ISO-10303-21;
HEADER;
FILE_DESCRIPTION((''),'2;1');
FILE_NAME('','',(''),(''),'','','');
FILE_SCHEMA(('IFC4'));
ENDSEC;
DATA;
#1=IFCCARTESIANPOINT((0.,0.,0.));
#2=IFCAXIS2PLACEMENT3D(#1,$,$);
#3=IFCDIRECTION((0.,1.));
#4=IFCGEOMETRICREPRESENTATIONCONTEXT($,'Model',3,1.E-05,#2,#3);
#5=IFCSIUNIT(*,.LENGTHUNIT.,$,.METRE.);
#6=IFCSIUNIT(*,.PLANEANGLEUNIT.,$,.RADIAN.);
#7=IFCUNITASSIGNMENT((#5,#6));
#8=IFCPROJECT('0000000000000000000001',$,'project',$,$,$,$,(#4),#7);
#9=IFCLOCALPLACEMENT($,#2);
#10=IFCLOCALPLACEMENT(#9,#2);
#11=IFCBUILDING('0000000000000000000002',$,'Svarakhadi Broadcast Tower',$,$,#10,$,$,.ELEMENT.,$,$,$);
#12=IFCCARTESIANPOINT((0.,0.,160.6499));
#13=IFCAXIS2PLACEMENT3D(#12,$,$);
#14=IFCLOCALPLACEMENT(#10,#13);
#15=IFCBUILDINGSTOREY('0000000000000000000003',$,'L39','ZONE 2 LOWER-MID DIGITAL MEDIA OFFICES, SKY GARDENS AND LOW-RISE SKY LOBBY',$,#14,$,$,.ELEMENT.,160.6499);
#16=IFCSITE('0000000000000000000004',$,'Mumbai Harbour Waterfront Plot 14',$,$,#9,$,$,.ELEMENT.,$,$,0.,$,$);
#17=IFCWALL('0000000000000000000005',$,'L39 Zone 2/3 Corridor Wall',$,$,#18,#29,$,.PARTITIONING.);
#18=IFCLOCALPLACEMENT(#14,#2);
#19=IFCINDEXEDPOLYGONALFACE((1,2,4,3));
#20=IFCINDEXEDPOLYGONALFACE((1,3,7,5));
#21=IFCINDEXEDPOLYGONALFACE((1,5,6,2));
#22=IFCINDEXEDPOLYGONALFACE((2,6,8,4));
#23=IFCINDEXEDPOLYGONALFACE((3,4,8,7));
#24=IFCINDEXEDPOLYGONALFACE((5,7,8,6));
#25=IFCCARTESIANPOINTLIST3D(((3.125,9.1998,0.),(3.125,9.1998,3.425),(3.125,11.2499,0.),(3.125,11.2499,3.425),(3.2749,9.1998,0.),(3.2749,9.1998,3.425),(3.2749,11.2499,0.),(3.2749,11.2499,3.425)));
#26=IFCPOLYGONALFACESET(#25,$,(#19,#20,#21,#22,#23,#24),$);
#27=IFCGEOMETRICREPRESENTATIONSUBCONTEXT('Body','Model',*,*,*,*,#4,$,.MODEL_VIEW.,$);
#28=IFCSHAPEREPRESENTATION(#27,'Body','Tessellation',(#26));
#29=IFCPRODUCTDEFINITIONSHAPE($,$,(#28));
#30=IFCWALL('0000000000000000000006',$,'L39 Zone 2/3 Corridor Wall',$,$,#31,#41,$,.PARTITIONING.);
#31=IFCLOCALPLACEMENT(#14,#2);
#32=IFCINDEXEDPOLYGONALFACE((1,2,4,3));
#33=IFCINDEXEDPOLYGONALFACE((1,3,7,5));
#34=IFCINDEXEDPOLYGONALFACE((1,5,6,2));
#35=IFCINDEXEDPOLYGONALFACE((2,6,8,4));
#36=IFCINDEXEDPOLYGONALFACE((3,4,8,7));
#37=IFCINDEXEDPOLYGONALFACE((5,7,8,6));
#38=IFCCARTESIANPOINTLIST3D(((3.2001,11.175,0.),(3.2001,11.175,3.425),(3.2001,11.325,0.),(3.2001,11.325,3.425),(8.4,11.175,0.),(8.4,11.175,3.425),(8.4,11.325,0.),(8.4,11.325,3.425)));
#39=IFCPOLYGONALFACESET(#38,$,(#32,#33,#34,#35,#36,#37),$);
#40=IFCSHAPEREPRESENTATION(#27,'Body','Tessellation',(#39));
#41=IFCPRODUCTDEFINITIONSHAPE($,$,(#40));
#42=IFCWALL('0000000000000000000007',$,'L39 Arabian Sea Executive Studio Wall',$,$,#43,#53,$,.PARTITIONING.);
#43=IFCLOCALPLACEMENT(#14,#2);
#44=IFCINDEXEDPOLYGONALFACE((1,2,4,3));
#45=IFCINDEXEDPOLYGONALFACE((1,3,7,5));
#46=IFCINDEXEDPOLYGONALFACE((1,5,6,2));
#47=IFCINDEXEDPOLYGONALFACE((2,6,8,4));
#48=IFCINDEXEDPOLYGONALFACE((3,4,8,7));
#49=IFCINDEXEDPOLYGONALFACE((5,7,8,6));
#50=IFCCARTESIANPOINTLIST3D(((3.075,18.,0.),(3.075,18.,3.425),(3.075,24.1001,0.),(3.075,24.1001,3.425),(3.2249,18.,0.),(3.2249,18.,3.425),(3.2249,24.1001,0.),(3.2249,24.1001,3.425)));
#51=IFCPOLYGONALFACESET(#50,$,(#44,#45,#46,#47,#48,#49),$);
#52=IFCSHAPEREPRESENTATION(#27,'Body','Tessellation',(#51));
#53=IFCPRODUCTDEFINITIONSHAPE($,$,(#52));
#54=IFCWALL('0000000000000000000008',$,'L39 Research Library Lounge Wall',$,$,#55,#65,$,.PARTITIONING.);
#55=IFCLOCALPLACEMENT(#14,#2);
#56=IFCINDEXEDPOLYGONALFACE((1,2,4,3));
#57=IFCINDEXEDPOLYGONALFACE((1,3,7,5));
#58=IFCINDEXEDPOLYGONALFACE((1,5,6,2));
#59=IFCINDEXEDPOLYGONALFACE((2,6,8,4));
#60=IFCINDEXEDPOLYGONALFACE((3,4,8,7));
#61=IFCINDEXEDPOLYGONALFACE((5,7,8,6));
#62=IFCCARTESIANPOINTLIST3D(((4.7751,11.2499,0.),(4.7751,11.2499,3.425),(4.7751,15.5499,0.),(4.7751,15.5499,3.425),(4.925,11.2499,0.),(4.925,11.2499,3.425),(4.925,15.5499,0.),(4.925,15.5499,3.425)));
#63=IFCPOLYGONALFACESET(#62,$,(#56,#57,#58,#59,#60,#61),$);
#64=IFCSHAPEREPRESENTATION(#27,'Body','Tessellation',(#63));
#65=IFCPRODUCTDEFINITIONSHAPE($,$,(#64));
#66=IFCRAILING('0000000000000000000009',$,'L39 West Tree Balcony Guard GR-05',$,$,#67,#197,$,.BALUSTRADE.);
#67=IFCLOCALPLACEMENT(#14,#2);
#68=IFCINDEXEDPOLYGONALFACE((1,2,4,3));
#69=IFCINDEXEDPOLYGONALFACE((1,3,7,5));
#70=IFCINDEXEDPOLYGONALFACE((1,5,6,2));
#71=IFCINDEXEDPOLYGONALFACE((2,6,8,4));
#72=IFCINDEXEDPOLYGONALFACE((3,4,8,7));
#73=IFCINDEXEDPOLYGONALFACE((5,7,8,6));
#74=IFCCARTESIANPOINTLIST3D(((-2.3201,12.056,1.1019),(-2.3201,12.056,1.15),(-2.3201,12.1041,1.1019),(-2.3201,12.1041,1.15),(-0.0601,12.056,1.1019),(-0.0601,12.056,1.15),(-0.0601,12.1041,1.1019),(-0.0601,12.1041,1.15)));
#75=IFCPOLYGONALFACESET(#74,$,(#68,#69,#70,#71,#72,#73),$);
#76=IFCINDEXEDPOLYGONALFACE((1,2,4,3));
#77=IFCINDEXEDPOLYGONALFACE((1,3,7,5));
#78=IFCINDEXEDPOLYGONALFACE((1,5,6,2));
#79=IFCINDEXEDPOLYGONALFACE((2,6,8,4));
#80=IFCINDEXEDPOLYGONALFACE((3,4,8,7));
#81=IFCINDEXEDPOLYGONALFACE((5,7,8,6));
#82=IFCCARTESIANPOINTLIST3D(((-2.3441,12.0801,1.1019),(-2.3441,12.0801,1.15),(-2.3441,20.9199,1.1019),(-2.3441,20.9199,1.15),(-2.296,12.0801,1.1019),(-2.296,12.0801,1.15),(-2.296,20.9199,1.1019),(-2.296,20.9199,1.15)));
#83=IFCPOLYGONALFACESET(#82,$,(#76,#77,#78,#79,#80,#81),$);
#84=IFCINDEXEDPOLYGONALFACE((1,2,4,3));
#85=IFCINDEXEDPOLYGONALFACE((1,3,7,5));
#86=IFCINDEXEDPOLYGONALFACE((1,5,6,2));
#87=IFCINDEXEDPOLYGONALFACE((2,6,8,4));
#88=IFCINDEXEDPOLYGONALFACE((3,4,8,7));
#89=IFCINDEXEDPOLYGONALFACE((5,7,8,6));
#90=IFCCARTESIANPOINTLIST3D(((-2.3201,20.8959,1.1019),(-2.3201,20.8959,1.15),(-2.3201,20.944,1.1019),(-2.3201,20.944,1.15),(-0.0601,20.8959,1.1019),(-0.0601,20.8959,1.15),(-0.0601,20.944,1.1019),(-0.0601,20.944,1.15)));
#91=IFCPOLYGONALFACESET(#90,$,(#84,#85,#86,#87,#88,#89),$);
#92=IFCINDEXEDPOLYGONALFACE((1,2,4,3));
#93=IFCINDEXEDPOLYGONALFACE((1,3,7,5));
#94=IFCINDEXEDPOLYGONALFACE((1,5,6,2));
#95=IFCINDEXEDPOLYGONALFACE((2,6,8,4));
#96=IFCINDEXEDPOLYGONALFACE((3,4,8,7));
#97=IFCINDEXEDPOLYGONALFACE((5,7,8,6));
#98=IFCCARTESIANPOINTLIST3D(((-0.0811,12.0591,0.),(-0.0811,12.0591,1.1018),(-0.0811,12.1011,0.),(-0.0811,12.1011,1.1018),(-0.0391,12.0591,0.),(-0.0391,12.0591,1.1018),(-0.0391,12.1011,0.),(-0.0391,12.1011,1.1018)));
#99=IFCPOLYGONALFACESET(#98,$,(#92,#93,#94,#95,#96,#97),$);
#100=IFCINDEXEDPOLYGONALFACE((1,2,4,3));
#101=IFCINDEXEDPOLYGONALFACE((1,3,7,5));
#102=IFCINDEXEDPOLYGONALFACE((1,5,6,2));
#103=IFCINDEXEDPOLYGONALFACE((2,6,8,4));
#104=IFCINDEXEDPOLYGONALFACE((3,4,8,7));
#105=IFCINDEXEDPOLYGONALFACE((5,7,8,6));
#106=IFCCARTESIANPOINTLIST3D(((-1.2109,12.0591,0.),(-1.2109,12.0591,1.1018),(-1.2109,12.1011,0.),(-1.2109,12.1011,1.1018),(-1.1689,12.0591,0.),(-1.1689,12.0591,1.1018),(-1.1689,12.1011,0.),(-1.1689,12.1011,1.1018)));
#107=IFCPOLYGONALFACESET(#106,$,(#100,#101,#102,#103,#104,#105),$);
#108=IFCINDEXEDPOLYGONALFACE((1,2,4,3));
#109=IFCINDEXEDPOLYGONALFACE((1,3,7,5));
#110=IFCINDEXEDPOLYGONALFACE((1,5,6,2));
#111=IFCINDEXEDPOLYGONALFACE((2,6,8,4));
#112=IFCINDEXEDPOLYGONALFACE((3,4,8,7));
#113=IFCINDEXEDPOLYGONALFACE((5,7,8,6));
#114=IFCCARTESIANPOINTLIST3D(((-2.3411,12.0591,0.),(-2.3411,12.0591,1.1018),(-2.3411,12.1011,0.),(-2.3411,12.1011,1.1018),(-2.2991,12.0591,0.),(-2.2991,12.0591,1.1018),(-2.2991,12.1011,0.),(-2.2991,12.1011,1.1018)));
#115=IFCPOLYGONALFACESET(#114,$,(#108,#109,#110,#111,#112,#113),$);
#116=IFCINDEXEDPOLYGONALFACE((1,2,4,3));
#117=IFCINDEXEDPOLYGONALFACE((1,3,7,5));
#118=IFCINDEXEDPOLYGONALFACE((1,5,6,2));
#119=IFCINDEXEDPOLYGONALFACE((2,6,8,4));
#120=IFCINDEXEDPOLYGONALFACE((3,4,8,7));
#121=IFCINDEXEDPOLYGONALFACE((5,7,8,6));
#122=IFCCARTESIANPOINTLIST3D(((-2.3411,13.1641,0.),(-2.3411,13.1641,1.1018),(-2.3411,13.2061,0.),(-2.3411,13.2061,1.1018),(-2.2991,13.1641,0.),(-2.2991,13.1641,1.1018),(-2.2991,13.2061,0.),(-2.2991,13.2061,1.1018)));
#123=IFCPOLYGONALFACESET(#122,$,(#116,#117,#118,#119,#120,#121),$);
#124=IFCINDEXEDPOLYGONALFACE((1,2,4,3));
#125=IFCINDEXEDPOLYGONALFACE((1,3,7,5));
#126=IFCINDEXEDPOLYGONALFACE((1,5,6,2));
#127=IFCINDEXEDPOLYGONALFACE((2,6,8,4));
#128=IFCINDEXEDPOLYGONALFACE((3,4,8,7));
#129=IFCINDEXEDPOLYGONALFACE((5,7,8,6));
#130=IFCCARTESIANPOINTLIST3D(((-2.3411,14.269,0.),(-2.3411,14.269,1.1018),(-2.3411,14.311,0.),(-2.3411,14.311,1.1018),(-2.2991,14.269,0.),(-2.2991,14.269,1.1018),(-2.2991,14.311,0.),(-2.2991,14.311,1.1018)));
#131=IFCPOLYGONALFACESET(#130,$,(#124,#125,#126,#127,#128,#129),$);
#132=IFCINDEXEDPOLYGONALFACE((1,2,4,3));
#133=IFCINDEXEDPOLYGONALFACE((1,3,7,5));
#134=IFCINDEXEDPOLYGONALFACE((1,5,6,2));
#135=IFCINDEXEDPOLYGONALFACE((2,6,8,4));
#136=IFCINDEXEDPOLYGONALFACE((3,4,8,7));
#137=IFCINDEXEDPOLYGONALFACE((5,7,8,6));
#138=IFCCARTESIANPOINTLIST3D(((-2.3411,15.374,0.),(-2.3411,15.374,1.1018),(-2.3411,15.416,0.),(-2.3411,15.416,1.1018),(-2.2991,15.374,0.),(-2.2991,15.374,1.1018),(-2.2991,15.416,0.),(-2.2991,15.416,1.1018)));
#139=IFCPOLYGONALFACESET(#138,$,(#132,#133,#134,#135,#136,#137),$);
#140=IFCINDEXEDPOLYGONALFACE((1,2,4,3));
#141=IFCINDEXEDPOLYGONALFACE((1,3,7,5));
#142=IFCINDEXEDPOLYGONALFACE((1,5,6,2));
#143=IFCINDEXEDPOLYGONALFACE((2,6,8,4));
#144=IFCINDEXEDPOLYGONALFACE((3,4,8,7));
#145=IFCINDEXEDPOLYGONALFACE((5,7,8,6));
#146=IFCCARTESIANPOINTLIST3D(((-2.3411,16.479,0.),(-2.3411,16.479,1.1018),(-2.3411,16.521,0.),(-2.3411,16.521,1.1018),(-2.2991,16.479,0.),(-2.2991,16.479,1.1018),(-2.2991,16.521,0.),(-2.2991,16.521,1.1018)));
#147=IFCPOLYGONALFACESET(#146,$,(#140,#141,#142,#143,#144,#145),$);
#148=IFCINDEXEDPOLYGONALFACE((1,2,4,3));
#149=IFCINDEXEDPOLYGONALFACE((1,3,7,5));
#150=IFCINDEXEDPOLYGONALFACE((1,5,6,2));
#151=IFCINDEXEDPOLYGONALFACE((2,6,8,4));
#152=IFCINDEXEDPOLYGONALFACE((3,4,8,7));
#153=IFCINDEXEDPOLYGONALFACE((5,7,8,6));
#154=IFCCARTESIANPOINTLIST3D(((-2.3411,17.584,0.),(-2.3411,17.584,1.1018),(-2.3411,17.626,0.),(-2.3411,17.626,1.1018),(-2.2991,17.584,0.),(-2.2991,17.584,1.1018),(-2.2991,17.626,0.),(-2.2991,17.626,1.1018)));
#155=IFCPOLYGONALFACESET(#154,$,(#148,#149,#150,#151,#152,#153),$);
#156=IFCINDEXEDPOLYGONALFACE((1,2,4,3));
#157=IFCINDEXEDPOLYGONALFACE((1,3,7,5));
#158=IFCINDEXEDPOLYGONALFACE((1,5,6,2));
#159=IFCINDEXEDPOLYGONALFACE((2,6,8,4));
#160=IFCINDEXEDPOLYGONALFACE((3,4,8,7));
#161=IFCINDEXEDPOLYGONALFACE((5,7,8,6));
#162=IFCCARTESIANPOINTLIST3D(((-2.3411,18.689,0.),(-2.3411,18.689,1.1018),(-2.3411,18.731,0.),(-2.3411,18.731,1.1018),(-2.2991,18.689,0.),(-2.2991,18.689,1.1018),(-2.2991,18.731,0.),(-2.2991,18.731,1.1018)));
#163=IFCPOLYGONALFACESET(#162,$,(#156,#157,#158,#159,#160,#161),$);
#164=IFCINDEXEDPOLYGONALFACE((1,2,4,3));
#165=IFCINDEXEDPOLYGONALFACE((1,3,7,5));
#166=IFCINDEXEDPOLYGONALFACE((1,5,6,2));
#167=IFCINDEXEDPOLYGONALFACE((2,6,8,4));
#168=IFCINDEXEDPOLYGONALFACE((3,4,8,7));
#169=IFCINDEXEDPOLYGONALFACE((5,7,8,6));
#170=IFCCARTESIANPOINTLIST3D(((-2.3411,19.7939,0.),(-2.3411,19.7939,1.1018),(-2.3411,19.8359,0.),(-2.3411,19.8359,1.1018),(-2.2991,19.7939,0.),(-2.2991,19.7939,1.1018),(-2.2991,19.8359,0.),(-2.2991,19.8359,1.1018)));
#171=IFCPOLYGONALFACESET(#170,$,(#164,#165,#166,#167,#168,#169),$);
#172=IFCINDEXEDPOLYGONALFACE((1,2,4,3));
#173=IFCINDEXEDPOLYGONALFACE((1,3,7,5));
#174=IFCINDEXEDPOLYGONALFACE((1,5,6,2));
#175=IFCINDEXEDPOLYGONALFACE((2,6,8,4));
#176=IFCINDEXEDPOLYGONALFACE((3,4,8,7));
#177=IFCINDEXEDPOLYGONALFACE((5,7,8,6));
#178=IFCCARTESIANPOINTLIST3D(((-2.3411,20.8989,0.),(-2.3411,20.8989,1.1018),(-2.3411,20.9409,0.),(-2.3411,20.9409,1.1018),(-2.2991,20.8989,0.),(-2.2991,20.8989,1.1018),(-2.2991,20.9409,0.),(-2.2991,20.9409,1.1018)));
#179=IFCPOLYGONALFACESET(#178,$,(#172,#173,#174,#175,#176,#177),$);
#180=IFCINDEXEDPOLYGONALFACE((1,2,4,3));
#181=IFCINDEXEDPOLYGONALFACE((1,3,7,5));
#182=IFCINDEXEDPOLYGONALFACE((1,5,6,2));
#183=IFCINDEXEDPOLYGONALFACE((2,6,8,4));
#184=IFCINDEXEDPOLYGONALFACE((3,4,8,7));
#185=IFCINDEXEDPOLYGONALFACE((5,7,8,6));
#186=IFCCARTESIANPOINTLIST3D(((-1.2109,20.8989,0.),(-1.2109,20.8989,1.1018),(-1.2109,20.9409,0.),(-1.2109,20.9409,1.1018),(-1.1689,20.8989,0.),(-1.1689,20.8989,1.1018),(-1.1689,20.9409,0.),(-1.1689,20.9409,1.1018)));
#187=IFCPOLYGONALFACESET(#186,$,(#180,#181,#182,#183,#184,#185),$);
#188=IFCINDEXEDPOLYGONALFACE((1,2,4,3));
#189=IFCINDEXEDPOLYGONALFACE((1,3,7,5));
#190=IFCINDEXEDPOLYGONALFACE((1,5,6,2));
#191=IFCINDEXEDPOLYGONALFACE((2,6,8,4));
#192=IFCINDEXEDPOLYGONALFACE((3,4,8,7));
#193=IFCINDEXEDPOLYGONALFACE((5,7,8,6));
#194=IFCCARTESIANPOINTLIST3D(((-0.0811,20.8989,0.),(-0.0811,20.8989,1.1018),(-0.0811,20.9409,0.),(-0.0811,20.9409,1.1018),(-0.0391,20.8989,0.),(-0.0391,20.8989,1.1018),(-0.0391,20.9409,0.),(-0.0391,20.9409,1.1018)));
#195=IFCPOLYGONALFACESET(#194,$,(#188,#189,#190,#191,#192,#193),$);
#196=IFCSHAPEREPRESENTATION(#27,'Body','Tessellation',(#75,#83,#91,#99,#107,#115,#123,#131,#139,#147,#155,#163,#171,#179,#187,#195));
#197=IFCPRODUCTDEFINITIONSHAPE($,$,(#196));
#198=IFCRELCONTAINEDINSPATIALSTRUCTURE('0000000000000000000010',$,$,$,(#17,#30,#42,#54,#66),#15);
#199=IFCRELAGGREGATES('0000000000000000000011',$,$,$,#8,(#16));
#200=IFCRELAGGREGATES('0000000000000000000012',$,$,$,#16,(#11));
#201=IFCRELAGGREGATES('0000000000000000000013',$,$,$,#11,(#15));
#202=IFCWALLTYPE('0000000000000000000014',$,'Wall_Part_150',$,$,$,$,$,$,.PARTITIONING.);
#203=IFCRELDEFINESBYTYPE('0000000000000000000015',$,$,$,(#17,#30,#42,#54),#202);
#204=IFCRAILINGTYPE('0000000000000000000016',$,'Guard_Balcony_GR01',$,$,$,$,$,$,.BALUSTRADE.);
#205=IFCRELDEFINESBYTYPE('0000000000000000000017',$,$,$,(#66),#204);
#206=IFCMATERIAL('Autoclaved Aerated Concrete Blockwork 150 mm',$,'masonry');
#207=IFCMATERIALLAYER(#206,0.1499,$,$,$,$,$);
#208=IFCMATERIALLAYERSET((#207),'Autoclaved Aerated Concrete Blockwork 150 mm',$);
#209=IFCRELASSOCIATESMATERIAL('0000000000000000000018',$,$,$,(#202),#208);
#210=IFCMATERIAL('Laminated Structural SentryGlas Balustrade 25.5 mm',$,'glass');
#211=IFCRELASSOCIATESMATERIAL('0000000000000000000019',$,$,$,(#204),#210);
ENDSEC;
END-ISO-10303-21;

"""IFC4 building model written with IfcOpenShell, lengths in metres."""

from ifc_helpers import new_model, si_unit, direction, frame, frame_2d, origin, origin_2d, place, context, subcontext, project, spatial, rectangle, extrude, material, layer, layer_set, type_object, element, save


model = new_model("IFC4")

# Units and contexts
model_context = context("Model", 3, precision=1e-05, world=origin(), true_north=direction((0.0, 1.0)))
body_context = subcontext(model_context, "Body", "Model", "MODEL_VIEW")
ifc_project = project(units=[si_unit("LENGTHUNIT", "METRE"), si_unit("PLANEANGLEUNIT", "RADIAN")], contexts=[model_context])

# Site, building, storey
site_placement = place(None, origin())
site = spatial("IfcSite", under=ifc_project, at=site_placement, Name="Mumbai Harbour Waterfront Plot 14", CompositionType="ELEMENT", RefElevation=0.0)
building_placement = place(site_placement, origin())
building = spatial("IfcBuilding", under=site, at=building_placement, Name="Svarakhadi Broadcast Tower", CompositionType="ELEMENT")
storey_placement = place(building_placement, frame((0.0, 0.0, 160.6499)))
storey = spatial("IfcBuildingStorey", under=building, at=storey_placement, Name="L39", Description="ZONE 2 LOWER-MID DIGITAL MEDIA OFFICES, SKY GARDENS AND LOW-RISE SKY LOBBY", CompositionType="ELEMENT", Elevation=160.6499)

# Walls
ifc_material_1 = material(Name="Autoclaved Aerated Concrete Blockwork 150 mm", Category="masonry")
ifc_layer_1 = layer(ifc_material_1, 0.1499)
ifc_layer_set_1 = layer_set([ifc_layer_1], Name="Autoclaved Aerated Concrete Blockwork 150 mm")
wall_type_1 = type_object("IfcWallType", Name="Wall_Part_150", PredefinedType="PARTITIONING", material=ifc_layer_set_1)
wall_1_placement = place(storey_placement, frame((3.2, 9.2, 0.0), z_axis=(0.0, 0.0, 1.0), x_axis=(0.0, 1.0, 0.0)))
element("IfcWall", 1, at=wall_1_placement, inside=storey, type_object=wall_type_1, Name="L39 Zone 2/3 Corridor Wall", PredefinedType="PARTITIONING", context=body_context, shape_type="SweptSolid", body=[
    extrude(rectangle(XDim=2.05, YDim=0.1499, at=frame_2d((1.0249, 0.0))), origin(), (0.0, 0.0, 1.0), 3.425),
])
wall_2_placement = place(storey_placement, frame((3.2, 11.25, 0.0), z_axis=(0.0, 0.0, 1.0), x_axis=(1.0, 0.0, 0.0)))
element("IfcWall", 2, at=wall_2_placement, inside=storey, type_object=wall_type_1, Name="L39 Zone 2/3 Corridor Wall", PredefinedType="PARTITIONING", context=body_context, shape_type="SweptSolid", body=[
    extrude(rectangle(XDim=5.2, YDim=0.1499, at=frame_2d((2.6001, 0.0))), origin(), (0.0, 0.0, 1.0), 3.425),
])

# Wall
wall_3_placement = place(storey_placement, frame((3.1499, 18.0, 0.0), z_axis=(0.0, 0.0, 1.0), x_axis=(0.0, 1.0, 0.0)))
element("IfcWall", 3, at=wall_3_placement, inside=storey, type_object=wall_type_1, Name="L39 Arabian Sea Executive Studio Wall", PredefinedType="PARTITIONING", context=body_context, shape_type="SweptSolid", body=[
    extrude(rectangle(XDim=6.1001, YDim=0.1499, at=frame_2d((3.05, 0.0))), origin(), (0.0, 0.0, 1.0), 3.425),
])

# Wall
wall_4_placement = place(storey_placement, frame((4.8501, 11.25, 0.0), z_axis=(0.0, 0.0, 1.0), x_axis=(0.0, 1.0, 0.0)))
element("IfcWall", 4, at=wall_4_placement, inside=storey, type_object=wall_type_1, Name="L39 Research Library Lounge Wall", PredefinedType="PARTITIONING", context=body_context, shape_type="SweptSolid", body=[
    extrude(rectangle(XDim=4.3, YDim=0.1499, at=frame_2d((2.1499, 0.0))), origin(), (0.0, 0.0, 1.0), 3.425),
])

# Railing
ifc_material_2 = material(Name="Laminated Structural SentryGlas Balustrade 25.5 mm", Category="glass")
railing_type = type_object("IfcRailingType", Name="Guard_Balcony_GR01", PredefinedType="BALUSTRADE", material=ifc_material_2)
railing_placement = place(storey_placement, frame((-0.0601, 12.0801, 0.0)))
element("IfcRailing", 5, at=railing_placement, inside=storey, type_object=railing_type, Name="L39 West Tree Balcony Guard GR-05", PredefinedType="BALUSTRADE", context=body_context, shape_type="SweptSolid", body=[
    extrude(rectangle(XDim=0.0481, YDim=0.0481, at=origin_2d()), frame((0.0, 0.0, 1.126), z_axis=(-1.0, 0.0, 0.0), x_axis=(0.0, -1.0, 0.0)), (0.0, 0.0, 1.0), 2.26),
    extrude(rectangle(XDim=0.0481, YDim=0.0481, at=origin_2d()), frame((-2.26, 0.0, 1.126), z_axis=(0.0, 1.0, 0.0), x_axis=(-1.0, 0.0, 0.0)), (0.0, 0.0, 1.0), 8.8398),
    extrude(rectangle(XDim=0.0481, YDim=0.0481, at=origin_2d()), frame((-2.26, 8.8398, 1.126), z_axis=(1.0, 0.0, 0.0), x_axis=(0.0, 1.0, 0.0)), (0.0, 0.0, 1.0), 2.26),
    extrude(rectangle(XDim=0.042, YDim=0.042, at=origin_2d()), origin(), (0.0, 0.0, 1.0), 1.1018),
    extrude(rectangle(XDim=0.042, YDim=0.042, at=origin_2d()), frame((-1.1299, 0.0, 0.0)), (0.0, 0.0, 1.0), 1.1018),
    extrude(rectangle(XDim=0.042, YDim=0.042, at=origin_2d()), frame((-2.26, 0.0, 0.0)), (0.0, 0.0, 1.0), 1.1018),
    extrude(rectangle(XDim=0.042, YDim=0.042, at=origin_2d()), frame((-2.26, 1.105, 0.0)), (0.0, 0.0, 1.0), 1.1018),
    extrude(rectangle(XDim=0.042, YDim=0.042, at=origin_2d()), frame((-2.26, 2.21, 0.0)), (0.0, 0.0, 1.0), 1.1018),
    extrude(rectangle(XDim=0.042, YDim=0.042, at=origin_2d()), frame((-2.26, 3.3149, 0.0)), (0.0, 0.0, 1.0), 1.1018),
    extrude(rectangle(XDim=0.042, YDim=0.042, at=origin_2d()), frame((-2.26, 4.4199, 0.0)), (0.0, 0.0, 1.0), 1.1018),
    extrude(rectangle(XDim=0.042, YDim=0.042, at=origin_2d()), frame((-2.26, 5.5249, 0.0)), (0.0, 0.0, 1.0), 1.1018),
    extrude(rectangle(XDim=0.042, YDim=0.042, at=origin_2d()), frame((-2.26, 6.6299, 0.0)), (0.0, 0.0, 1.0), 1.1018),
    extrude(rectangle(XDim=0.042, YDim=0.042, at=origin_2d()), frame((-2.26, 7.7349, 0.0)), (0.0, 0.0, 1.0), 1.1018),
    extrude(rectangle(XDim=0.042, YDim=0.042, at=origin_2d()), frame((-2.26, 8.8398, 0.0)), (0.0, 0.0, 1.0), 1.1018),
    extrude(rectangle(XDim=0.042, YDim=0.042, at=origin_2d()), frame((-1.1299, 8.8398, 0.0)), (0.0, 0.0, 1.0), 1.1018),
    extrude(rectangle(XDim=0.042, YDim=0.042, at=origin_2d()), frame((0.0, 8.8398, 0.0)), (0.0, 0.0, 1.0), 1.1018),
])

save(model, "model.ifc")
